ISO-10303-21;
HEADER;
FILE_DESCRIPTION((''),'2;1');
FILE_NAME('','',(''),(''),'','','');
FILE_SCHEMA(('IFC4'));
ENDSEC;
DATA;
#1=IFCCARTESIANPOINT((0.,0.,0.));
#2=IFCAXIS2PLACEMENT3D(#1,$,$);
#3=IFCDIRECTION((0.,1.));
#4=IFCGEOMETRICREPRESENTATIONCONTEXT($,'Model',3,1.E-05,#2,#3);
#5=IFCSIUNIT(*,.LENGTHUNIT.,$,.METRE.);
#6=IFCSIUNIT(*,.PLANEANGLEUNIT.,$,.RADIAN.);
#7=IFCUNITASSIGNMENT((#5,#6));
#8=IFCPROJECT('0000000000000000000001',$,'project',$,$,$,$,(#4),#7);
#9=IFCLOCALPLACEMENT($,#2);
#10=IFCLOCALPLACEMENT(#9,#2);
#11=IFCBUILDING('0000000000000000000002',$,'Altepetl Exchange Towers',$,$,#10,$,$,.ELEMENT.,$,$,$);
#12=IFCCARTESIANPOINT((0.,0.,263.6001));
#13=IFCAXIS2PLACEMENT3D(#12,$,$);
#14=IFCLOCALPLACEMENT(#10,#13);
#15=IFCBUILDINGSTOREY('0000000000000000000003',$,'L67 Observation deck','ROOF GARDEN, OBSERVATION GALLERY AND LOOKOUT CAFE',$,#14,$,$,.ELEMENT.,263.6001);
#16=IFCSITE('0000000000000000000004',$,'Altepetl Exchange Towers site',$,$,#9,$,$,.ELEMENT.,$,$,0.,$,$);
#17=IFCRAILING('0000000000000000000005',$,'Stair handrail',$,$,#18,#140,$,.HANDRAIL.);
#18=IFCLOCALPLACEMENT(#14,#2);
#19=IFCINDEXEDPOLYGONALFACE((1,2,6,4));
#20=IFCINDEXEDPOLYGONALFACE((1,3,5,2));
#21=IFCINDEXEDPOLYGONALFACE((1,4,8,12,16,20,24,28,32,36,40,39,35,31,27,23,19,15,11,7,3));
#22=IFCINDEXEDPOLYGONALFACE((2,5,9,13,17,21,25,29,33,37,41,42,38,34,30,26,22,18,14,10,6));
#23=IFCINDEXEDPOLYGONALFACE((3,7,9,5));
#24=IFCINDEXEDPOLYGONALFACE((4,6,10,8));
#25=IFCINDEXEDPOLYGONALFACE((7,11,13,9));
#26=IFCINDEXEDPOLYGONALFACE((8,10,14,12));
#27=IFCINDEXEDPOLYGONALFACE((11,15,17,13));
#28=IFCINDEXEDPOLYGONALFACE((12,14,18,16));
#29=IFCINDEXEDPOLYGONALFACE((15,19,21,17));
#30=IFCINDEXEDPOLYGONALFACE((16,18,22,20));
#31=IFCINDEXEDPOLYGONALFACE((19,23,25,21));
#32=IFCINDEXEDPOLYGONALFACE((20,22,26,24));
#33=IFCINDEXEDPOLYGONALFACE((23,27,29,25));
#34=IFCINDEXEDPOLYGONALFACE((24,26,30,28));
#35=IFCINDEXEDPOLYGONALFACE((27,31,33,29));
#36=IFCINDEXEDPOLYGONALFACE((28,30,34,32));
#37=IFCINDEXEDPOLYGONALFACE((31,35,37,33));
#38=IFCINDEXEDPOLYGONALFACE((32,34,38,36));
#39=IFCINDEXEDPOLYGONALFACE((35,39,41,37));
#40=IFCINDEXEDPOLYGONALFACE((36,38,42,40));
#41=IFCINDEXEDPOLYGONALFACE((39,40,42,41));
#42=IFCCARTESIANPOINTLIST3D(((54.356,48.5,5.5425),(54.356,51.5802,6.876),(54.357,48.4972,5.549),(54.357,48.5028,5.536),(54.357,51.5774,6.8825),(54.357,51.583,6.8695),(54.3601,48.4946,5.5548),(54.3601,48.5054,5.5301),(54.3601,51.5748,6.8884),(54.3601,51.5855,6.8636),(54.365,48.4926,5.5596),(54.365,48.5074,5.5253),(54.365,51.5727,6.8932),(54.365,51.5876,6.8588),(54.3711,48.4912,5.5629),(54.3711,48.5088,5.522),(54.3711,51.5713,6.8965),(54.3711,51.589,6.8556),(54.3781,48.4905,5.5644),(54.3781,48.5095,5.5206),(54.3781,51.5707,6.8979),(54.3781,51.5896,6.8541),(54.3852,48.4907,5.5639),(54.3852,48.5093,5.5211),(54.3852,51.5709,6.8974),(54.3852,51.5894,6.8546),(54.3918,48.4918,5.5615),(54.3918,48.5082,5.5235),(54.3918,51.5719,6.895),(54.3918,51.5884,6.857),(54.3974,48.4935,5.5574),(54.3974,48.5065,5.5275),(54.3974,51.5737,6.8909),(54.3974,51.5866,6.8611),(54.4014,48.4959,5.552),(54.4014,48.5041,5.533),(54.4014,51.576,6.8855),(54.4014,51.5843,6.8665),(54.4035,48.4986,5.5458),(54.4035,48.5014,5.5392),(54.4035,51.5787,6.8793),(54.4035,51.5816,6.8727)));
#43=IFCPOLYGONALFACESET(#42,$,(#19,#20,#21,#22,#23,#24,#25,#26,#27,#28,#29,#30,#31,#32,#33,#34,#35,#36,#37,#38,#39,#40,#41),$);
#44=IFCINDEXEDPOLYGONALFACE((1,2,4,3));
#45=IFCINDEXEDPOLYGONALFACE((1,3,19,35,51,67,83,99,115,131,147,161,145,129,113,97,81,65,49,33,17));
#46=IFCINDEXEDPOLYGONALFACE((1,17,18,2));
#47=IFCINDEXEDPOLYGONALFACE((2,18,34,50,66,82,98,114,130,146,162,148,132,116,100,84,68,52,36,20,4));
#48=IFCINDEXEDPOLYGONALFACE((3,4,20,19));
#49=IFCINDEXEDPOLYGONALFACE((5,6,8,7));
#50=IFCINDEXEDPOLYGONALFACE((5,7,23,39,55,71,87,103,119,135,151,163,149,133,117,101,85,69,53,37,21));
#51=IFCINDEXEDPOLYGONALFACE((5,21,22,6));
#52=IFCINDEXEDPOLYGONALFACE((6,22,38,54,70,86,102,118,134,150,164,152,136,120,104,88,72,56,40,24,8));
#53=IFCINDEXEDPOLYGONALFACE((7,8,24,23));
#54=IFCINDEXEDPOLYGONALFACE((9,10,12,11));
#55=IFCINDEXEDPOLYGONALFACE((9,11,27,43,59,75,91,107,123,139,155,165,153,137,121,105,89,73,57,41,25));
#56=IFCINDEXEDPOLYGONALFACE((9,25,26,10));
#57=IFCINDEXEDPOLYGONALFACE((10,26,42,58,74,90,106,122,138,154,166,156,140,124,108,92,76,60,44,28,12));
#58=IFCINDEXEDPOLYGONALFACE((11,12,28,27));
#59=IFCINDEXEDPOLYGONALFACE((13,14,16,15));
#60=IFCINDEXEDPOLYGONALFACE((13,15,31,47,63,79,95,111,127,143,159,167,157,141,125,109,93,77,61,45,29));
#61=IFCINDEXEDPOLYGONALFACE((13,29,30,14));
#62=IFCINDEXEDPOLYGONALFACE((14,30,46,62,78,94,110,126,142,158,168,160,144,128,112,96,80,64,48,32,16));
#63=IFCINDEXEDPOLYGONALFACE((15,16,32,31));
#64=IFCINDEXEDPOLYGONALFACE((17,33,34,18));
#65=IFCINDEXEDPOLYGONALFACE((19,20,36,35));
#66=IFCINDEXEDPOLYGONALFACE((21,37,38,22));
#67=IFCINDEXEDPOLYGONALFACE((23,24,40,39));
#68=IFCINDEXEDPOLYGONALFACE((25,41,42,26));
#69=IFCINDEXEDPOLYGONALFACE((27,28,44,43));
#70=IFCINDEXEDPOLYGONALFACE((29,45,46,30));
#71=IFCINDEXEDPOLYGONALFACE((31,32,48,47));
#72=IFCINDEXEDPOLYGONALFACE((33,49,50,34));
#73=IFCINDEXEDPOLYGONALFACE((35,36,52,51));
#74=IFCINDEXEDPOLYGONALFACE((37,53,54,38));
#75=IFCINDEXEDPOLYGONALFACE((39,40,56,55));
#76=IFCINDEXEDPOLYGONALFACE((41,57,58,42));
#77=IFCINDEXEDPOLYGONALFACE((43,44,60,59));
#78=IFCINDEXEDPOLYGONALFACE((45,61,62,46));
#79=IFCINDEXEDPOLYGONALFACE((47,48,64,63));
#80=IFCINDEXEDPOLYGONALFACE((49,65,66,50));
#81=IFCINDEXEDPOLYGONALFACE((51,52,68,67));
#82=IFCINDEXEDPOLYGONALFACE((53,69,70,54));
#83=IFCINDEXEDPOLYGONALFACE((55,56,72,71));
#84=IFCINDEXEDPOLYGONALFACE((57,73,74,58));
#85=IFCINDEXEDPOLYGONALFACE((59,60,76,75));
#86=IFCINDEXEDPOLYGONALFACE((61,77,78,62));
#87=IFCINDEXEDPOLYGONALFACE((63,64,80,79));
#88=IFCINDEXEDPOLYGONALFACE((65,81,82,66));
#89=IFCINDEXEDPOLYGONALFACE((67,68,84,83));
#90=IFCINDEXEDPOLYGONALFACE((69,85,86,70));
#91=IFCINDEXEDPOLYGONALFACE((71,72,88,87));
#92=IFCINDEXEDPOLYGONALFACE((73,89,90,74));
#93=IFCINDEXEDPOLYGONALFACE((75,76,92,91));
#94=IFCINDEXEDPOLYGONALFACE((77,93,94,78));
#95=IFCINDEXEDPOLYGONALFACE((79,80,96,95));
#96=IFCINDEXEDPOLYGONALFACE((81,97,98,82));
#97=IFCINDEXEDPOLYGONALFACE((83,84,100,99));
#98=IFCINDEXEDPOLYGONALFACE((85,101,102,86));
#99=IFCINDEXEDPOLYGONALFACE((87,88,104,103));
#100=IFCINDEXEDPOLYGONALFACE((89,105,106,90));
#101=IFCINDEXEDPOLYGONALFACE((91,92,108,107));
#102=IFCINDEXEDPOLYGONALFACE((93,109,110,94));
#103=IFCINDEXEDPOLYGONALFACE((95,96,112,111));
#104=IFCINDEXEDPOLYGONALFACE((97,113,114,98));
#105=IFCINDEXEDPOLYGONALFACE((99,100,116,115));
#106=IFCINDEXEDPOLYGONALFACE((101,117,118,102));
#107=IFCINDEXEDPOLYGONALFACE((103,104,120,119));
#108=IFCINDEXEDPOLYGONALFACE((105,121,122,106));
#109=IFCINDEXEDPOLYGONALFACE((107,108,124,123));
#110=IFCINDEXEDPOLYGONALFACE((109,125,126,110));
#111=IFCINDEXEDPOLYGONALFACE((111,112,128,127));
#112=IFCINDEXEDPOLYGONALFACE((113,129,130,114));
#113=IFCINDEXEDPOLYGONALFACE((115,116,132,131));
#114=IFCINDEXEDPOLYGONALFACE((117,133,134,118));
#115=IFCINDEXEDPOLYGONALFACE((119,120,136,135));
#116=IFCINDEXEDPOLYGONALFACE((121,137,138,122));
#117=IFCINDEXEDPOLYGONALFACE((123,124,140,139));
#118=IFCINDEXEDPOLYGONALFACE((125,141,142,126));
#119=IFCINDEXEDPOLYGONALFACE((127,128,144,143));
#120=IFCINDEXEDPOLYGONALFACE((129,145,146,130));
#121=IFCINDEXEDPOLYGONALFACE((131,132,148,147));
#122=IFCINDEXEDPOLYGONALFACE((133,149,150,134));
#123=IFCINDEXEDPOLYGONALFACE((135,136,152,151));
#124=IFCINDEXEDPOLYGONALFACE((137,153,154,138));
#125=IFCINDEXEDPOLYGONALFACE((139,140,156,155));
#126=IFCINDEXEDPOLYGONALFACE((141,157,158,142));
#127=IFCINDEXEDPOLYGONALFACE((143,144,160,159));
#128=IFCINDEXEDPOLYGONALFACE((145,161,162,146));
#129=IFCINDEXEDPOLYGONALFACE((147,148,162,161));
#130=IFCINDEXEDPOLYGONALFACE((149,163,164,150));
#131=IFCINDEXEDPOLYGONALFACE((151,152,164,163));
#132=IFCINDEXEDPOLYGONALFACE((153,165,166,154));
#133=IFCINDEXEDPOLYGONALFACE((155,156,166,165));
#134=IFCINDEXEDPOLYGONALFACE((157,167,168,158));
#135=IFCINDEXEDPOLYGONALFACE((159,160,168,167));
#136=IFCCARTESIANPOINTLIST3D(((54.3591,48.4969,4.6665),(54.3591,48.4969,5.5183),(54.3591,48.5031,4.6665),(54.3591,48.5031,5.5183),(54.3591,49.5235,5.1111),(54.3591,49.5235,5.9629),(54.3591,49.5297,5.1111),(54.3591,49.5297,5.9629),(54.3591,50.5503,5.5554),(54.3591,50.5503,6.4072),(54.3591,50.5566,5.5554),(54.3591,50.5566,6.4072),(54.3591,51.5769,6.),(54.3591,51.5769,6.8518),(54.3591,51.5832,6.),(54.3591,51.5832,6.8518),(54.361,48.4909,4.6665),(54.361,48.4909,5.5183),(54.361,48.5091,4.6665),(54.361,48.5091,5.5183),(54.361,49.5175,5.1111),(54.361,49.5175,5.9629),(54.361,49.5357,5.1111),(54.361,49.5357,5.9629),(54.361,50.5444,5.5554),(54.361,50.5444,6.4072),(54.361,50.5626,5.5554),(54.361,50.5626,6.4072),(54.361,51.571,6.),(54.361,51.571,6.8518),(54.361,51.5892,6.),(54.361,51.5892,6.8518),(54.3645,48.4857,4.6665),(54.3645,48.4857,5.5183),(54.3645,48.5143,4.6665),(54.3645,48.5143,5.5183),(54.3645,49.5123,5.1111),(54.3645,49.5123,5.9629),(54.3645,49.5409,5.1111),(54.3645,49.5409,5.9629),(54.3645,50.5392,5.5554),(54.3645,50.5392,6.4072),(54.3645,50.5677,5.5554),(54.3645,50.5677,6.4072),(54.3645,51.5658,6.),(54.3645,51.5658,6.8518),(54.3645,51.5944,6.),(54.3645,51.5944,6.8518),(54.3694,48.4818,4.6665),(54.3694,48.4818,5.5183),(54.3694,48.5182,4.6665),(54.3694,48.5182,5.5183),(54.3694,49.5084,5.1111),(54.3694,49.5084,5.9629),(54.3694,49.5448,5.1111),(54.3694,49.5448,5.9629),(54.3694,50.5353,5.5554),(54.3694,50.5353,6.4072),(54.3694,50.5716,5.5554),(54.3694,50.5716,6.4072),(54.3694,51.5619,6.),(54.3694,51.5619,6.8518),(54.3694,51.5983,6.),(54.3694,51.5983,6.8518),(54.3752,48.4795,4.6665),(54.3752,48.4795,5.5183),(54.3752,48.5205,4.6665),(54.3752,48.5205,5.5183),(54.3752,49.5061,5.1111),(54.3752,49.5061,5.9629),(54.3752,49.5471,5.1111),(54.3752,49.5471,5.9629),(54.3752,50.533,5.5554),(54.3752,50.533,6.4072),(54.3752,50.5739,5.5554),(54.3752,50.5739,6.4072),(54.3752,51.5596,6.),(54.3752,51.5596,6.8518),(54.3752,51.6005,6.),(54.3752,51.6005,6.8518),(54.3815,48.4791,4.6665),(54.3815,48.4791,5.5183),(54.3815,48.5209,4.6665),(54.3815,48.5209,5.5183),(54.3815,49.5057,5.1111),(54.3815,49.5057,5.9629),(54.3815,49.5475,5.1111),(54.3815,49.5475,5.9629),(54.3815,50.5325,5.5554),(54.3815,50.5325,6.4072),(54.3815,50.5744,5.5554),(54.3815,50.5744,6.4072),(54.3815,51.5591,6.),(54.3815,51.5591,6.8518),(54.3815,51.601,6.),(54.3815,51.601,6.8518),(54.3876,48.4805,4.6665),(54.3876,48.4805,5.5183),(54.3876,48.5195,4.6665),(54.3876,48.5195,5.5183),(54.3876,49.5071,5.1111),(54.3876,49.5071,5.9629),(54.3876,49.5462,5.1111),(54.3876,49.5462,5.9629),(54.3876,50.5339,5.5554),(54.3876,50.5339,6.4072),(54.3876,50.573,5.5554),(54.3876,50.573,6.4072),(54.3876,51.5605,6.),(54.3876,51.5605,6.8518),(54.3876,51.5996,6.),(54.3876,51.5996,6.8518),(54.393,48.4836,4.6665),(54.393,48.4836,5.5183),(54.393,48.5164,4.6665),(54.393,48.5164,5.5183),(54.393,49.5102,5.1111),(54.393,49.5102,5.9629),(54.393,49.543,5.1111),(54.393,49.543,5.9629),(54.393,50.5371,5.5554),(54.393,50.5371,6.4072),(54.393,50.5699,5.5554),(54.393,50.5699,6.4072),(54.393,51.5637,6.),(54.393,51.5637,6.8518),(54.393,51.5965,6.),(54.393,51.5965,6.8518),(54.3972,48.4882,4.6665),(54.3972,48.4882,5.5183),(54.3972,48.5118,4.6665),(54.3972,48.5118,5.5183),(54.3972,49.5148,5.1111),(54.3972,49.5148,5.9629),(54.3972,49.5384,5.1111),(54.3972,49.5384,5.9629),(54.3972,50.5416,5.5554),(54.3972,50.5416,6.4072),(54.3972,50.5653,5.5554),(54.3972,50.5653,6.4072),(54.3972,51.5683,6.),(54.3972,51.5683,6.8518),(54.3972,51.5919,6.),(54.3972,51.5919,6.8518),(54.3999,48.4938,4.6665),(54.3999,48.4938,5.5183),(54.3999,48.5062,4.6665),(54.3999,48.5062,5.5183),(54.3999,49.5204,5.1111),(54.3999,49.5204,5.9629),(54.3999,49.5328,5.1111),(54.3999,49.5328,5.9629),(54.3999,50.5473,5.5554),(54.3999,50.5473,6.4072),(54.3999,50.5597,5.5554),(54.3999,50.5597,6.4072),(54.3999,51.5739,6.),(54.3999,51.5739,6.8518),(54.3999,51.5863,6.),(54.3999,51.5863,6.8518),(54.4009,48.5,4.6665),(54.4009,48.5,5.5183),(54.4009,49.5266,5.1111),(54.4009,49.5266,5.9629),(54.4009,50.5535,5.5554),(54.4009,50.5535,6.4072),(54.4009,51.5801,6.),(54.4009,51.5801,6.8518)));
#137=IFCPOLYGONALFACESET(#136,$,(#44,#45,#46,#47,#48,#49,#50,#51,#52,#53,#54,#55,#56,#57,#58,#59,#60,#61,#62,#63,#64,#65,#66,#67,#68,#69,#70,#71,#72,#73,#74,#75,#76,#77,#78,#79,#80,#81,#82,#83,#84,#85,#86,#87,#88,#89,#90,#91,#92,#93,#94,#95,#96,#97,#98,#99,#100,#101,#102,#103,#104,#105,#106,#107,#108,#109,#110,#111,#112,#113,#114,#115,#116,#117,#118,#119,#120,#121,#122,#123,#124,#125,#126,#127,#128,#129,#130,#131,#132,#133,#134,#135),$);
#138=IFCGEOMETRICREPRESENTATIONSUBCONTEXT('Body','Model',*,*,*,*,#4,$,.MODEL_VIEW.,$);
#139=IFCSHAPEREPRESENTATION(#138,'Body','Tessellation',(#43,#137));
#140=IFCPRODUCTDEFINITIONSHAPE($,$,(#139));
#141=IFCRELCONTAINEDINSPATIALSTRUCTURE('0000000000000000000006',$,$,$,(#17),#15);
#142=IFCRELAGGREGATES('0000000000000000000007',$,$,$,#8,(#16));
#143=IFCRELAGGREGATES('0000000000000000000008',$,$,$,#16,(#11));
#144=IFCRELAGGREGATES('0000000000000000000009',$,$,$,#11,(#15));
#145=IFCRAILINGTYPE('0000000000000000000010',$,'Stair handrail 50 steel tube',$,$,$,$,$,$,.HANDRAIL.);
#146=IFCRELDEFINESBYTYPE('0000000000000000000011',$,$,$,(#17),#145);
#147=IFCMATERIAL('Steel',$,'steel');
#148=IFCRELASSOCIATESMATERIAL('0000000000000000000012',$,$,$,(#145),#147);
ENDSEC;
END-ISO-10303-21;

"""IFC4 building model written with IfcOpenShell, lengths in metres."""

from ifc_helpers import new_model, si_unit, direction, frame, origin, origin_2d, place, context, subcontext, project, spatial, circle, extrude, source, transform, mapped, material, type_object, element, save


model = new_model("IFC4")

# Units and contexts
model_context = context("Model", 3, precision=1e-05, world=origin(), true_north=direction((0.0, 1.0)))
body_context = subcontext(model_context, "Body", "Model", "MODEL_VIEW")
ifc_project = project(units=[si_unit("LENGTHUNIT", "METRE"), si_unit("PLANEANGLEUNIT", "RADIAN")], contexts=[model_context])

# Site, building, storey
site_placement = place(None, origin())
site = spatial("IfcSite", under=ifc_project, at=site_placement, Name="Altepetl Exchange Towers site", CompositionType="ELEMENT", RefElevation=0.0)
building_placement = place(site_placement, origin())
building = spatial("IfcBuilding", under=site, at=building_placement, Name="Altepetl Exchange Towers", CompositionType="ELEMENT")
storey_placement = place(building_placement, frame((0.0, 0.0, 263.6001)))
storey = spatial("IfcBuildingStorey", under=building, at=storey_placement, Name="L67 Observation deck", Description="ROOF GARDEN, OBSERVATION GALLERY AND LOOKOUT CAFE", CompositionType="ELEMENT", Elevation=263.6001)

# Railing
ifc_material_1 = material(Name="Steel", Category="steel")
railing_type = type_object("IfcRailingType", Name="Stair handrail 50 steel tube", PredefinedType="HANDRAIL", material=ifc_material_1)
shared_shape = source(origin(), body_context, "Body", "SweptSolid", [
    extrude(circle(Radius=0.021, at=origin_2d()), origin(), (0.0, 0.0, 1.0), 0.8518),
])
for number, where, name in (
    (1, (54.3799, 48.5, 4.6665), "Stair handrail"),
):
    element("IfcRailing", number, at=place(storey_placement, frame(where)), inside=storey, type_object=railing_type, Name=name, PredefinedType="HANDRAIL", context=body_context, shape_type="SweptSolid", body=[
        extrude(circle(Radius=0.0239, at=origin_2d()), frame((0.0, 0.0, 0.876), z_axis=(0.0, 0.917686, 0.397305), x_axis=(-1.0, 0.0, 0.0)), (0.0, 0.0, 1.0), 3.3564),
        mapped(shared_shape, transform((0.0, 0.0, 0.0))),
        mapped(shared_shape, transform((0.0, 1.0266, 0.4446))),
        mapped(shared_shape, transform((0.0, 2.0535, 0.8889))),
        mapped(shared_shape, transform((0.0, 3.0801, 1.3335))),
    ])

save(model, "model.ifc")
